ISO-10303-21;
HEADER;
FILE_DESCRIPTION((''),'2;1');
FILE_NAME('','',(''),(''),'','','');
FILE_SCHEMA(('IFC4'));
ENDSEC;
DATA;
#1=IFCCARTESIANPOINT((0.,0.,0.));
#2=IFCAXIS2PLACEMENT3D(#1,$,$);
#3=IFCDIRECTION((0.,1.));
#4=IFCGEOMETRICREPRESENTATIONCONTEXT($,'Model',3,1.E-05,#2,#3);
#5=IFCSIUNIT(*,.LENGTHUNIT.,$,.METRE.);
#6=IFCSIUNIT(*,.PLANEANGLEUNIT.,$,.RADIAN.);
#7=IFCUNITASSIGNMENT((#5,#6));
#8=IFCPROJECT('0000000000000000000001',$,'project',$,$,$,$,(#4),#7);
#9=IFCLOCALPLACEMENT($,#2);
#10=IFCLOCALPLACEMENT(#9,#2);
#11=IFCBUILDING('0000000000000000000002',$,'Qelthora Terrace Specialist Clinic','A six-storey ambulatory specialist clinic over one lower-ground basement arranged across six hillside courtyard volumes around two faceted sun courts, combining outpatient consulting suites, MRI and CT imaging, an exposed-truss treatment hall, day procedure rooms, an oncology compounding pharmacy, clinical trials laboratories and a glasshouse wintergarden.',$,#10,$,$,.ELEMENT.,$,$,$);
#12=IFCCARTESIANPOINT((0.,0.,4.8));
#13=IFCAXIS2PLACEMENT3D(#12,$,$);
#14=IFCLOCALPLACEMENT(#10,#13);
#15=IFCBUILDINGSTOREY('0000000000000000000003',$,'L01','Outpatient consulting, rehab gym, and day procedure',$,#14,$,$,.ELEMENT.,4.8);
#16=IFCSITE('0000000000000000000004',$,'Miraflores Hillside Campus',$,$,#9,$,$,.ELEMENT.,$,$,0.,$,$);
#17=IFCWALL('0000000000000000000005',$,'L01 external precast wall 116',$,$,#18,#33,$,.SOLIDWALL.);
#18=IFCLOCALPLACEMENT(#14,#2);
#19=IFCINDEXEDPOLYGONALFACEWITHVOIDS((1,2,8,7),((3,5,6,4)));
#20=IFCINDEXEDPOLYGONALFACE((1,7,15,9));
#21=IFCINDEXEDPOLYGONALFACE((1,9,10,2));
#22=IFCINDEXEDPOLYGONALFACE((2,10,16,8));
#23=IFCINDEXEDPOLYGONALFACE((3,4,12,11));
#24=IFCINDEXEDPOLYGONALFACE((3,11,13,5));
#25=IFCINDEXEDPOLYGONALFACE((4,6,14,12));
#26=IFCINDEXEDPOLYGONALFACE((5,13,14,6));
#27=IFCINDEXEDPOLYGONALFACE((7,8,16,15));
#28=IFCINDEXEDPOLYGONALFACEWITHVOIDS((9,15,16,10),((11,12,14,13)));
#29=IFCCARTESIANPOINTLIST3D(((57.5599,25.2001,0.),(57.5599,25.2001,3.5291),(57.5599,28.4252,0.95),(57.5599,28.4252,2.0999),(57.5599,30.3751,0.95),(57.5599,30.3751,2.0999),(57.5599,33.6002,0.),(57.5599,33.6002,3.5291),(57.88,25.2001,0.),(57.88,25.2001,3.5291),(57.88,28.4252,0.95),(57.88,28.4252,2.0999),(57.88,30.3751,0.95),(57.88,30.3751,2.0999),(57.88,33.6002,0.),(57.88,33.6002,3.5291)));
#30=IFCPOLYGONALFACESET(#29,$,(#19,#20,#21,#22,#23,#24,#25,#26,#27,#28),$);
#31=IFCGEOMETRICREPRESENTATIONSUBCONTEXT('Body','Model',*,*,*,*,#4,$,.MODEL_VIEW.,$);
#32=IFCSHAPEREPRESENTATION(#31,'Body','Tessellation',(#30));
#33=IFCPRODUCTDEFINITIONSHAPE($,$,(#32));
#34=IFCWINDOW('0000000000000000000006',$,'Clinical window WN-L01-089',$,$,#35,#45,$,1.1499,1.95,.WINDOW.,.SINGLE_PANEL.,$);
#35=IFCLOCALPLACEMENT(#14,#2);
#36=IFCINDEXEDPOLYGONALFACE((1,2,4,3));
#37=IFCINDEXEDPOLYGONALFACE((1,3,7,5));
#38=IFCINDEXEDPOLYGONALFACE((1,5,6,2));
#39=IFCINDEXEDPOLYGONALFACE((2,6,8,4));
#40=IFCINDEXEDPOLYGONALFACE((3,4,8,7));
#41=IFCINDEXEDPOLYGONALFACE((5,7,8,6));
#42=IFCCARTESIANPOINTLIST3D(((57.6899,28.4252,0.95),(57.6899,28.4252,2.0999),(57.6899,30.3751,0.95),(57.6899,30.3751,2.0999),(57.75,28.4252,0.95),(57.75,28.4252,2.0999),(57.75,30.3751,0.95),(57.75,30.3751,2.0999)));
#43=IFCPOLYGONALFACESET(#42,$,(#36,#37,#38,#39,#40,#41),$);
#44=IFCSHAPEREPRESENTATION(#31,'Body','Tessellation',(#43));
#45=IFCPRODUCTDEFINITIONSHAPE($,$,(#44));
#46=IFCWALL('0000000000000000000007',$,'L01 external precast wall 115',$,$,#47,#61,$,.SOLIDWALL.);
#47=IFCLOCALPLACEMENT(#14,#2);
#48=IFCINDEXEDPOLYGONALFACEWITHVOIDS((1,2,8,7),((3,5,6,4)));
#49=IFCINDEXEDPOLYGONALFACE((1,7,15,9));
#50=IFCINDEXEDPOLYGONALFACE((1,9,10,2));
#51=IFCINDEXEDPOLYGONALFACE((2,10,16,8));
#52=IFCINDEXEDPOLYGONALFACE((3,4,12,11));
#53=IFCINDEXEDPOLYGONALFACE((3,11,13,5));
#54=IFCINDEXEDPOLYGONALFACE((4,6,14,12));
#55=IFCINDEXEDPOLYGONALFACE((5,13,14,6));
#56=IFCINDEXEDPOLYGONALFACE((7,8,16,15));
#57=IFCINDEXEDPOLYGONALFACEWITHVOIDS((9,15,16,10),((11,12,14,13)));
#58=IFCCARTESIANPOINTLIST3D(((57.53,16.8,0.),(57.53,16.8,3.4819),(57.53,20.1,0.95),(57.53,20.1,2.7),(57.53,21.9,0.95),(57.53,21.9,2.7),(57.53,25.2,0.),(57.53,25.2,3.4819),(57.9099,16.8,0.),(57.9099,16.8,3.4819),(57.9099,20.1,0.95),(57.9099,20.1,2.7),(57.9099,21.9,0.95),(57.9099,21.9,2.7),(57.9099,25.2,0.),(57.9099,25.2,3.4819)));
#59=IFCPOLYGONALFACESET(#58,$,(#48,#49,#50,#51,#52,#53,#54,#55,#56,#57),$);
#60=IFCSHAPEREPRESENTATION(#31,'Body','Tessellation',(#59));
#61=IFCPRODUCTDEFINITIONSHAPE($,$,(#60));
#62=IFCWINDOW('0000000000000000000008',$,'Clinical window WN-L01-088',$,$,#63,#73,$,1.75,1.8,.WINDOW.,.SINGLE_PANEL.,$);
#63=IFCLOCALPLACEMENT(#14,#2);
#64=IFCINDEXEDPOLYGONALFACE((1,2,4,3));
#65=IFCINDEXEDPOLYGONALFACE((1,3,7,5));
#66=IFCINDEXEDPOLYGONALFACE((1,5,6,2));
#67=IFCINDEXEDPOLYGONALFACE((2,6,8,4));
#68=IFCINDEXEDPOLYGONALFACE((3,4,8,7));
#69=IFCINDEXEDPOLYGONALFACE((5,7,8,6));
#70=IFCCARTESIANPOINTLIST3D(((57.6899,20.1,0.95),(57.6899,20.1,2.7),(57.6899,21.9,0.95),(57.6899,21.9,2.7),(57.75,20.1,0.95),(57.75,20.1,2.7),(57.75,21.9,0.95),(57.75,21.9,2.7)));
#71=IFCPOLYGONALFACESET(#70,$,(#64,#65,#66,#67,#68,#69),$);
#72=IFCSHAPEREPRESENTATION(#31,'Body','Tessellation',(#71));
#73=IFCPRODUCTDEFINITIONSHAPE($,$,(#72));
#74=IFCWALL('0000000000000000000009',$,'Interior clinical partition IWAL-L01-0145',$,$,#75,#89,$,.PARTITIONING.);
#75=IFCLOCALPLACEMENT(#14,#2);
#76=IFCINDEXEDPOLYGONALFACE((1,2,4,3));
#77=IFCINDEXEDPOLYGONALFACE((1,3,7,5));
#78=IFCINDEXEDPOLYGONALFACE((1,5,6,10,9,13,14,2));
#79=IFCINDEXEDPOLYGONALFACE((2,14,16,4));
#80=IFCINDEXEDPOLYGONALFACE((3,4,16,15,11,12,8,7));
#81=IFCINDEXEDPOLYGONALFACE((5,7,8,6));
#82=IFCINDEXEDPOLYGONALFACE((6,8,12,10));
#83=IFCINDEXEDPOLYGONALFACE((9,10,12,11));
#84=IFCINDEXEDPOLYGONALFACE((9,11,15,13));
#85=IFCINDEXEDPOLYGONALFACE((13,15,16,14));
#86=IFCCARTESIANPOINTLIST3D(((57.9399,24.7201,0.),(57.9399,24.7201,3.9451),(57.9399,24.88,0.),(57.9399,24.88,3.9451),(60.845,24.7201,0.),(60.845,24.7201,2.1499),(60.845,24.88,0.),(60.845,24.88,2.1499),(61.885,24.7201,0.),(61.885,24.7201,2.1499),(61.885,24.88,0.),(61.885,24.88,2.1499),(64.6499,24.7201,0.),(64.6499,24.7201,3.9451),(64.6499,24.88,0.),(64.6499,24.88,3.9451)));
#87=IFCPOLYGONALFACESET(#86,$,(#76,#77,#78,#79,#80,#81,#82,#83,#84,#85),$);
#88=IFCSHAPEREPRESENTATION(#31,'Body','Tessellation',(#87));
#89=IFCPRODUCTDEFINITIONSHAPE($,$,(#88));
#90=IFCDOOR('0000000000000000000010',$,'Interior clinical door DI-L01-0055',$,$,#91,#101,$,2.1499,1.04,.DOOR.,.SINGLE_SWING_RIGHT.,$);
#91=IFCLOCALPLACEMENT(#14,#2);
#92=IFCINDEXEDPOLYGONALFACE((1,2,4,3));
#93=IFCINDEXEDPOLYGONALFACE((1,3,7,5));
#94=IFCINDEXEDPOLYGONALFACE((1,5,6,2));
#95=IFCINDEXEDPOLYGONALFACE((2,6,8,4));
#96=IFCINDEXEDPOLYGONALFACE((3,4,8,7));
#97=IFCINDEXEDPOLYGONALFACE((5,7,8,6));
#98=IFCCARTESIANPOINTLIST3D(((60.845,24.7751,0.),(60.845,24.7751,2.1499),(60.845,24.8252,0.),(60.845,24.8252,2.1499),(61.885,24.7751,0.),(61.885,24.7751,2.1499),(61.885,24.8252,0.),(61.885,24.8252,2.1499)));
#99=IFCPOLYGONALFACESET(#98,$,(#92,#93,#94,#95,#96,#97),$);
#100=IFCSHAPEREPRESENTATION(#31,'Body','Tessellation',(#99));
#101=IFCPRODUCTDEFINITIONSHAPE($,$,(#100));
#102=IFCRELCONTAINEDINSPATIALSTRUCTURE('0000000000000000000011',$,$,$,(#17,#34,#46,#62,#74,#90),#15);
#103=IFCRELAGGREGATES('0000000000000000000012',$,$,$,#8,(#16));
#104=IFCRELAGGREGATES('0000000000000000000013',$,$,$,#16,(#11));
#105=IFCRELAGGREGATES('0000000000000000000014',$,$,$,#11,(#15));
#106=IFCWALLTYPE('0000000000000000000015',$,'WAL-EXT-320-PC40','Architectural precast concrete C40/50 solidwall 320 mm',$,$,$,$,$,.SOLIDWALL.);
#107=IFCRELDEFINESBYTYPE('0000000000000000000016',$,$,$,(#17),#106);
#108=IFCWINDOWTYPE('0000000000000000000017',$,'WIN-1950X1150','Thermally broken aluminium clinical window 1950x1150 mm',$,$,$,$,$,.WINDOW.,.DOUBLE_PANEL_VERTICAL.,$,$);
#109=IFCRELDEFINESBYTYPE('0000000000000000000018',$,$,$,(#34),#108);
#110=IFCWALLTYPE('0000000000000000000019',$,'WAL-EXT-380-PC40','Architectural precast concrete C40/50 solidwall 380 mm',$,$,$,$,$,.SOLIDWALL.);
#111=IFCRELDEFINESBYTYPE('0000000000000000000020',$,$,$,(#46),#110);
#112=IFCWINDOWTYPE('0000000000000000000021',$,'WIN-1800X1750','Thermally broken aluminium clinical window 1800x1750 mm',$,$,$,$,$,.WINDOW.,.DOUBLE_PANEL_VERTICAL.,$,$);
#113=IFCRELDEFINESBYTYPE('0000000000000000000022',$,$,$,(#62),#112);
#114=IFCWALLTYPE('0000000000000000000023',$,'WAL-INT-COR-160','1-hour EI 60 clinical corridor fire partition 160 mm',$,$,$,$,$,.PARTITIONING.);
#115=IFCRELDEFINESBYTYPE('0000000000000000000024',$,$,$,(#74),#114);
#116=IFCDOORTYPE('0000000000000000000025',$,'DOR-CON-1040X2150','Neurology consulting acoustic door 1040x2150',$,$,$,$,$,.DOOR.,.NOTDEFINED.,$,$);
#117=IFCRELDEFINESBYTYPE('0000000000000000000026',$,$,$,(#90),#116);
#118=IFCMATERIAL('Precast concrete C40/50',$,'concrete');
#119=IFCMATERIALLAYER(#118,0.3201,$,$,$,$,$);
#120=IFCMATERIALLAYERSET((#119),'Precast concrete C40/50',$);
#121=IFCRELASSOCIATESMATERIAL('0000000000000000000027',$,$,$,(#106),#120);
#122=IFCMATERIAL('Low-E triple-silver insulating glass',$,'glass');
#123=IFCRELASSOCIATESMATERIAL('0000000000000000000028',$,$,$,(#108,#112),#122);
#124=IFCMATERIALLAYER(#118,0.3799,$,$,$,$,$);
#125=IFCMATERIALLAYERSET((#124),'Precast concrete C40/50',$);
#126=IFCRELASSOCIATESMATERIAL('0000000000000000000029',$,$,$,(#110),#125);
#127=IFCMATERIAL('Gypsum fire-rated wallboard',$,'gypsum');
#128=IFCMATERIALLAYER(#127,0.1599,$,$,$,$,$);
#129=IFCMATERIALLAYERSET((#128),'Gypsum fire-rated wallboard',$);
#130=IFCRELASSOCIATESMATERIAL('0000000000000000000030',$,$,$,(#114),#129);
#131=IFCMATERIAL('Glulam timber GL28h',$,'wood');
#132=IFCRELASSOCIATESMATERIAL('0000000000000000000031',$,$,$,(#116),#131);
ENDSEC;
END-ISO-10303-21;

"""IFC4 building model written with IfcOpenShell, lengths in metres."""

from ifc_helpers import new_model, si_unit, direction, frame, frame_2d, origin, place, context, subcontext, project, spatial, rectangle, extrude, material, layer, layer_set, type_object, element, fill, save


model = new_model("IFC4")

# Units and contexts
model_context = context("Model", 3, precision=1e-05, world=origin(), true_north=direction((0.0, 1.0)))
body_context = subcontext(model_context, "Body", "Model", "MODEL_VIEW")
ifc_project = project(units=[si_unit("LENGTHUNIT", "METRE"), si_unit("PLANEANGLEUNIT", "RADIAN")], contexts=[model_context])

# Site, building, storey
site_placement = place(None, origin())
site = spatial("IfcSite", under=ifc_project, at=site_placement, Name="Miraflores Hillside Campus", CompositionType="ELEMENT", RefElevation=0.0)
building_placement = place(site_placement, origin())
building = spatial("IfcBuilding", under=site, at=building_placement, Name="Qelthora Terrace Specialist Clinic", Description="A six-storey ambulatory specialist clinic over one lower-ground basement arranged across six hillside courtyard volumes around two faceted sun courts, combining outpatient consulting suites, MRI and CT imaging, an exposed-truss treatment hall, day procedure rooms, an oncology compounding pharmacy, clinical trials laboratories and a glasshouse wintergarden.", CompositionType="ELEMENT")
storey_placement = place(building_placement, frame((0.0, 0.0, 4.8)))
storey = spatial("IfcBuildingStorey", under=building, at=storey_placement, Name="L01", Description="Outpatient consulting, rehab gym, and day procedure", CompositionType="ELEMENT", Elevation=4.8)

# Shared definitions
ifc_material_1 = material(Name="Low-E triple-silver insulating glass", Category="glass")

# Walls, openings, windows
ifc_material_2 = material(Name="Precast concrete C40/50", Category="concrete")
ifc_layer_1 = layer(ifc_material_2, 0.3201)
ifc_layer_set_1 = layer_set([ifc_layer_1], Name="Precast concrete C40/50")
wall_type_1 = type_object("IfcWallType", Name="WAL-EXT-320-PC40", Description="Architectural precast concrete C40/50 solidwall 320 mm", PredefinedType="SOLIDWALL", material=ifc_layer_set_1)
wall_1_placement = place(storey_placement, frame((57.72, 25.2, 0.0), z_axis=(0.0, 0.0, 1.0), x_axis=(0.0, 1.0, 0.0)))
wall_1 = element("IfcWall", 1, at=wall_1_placement, inside=storey, type_object=wall_type_1, Name="L01 external precast wall 116", PredefinedType="SOLIDWALL", context=body_context, shape_type="SweptSolid", body=[
    extrude(rectangle(XDim=8.4001, YDim=0.3201, at=frame_2d((4.2002, 0.0))), origin(), (0.0, 0.0, 1.0), 3.5291),
])
opening_1_placement = place(wall_1_placement, frame((3.2251, 0.0, 0.95)))
opening_1 = element("IfcOpeningElement", 2, at=opening_1_placement, cuts=wall_1, PredefinedType="OPENING", context=body_context, shape_type="SweptSolid", body=[
    extrude(rectangle(XDim=1.95, YDim=1.1499, at=frame_2d((0.9751, 0.575))), frame((0.0, 0.1699, 0.0), z_axis=(0.0, -1.0, 0.0), x_axis=(1.0, 0.0, 0.0)), (0.0, 0.0, 1.0), 0.3401),
])
window_type_1 = type_object("IfcWindowType", Name="WIN-1950X1150", Description="Thermally broken aluminium clinical window 1950x1150 mm", PartitioningType="DOUBLE_PANEL_VERTICAL", PredefinedType="WINDOW", material=ifc_material_1)
window_1_placement = place(opening_1_placement, origin())
window_1 = element("IfcWindow", 3, at=window_1_placement, inside=storey, type_object=window_type_1, Name="Clinical window WN-L01-089", OverallHeight=1.1499, OverallWidth=1.95, PartitioningType="SINGLE_PANEL", PredefinedType="WINDOW", context=body_context, shape_type="SweptSolid", body=[
    extrude(rectangle(XDim=1.95, YDim=1.1499, at=frame_2d((0.9751, 0.575))), frame((0.0, 0.03, 0.0), z_axis=(0.0, -1.0, 0.0), x_axis=(1.0, 0.0, 0.0)), (0.0, 0.0, 1.0), 0.0601),
])
fill(opening_1, window_1)
ifc_layer_2 = layer(ifc_material_2, 0.3799)
ifc_layer_set_2 = layer_set([ifc_layer_2], Name="Precast concrete C40/50")
wall_type_2 = type_object("IfcWallType", Name="WAL-EXT-380-PC40", Description="Architectural precast concrete C40/50 solidwall 380 mm", PredefinedType="SOLIDWALL", material=ifc_layer_set_2)
wall_2_placement = place(storey_placement, frame((57.72, 16.8, 0.0), z_axis=(0.0, 0.0, 1.0), x_axis=(0.0, 1.0, 0.0)))
wall_2 = element("IfcWall", 4, at=wall_2_placement, inside=storey, type_object=wall_type_2, Name="L01 external precast wall 115", PredefinedType="SOLIDWALL", context=body_context, shape_type="SweptSolid", body=[
    extrude(rectangle(XDim=8.3999, YDim=0.3799, at=frame_2d((4.2, 0.0))), origin(), (0.0, 0.0, 1.0), 3.4819),
])
opening_2_placement = place(wall_2_placement, frame((3.3, 0.0, 0.95)))
opening_2 = element("IfcOpeningElement", 5, at=opening_2_placement, cuts=wall_2, PredefinedType="OPENING", context=body_context, shape_type="SweptSolid", body=[
    extrude(rectangle(XDim=1.8, YDim=1.75, at=frame_2d((0.8999, 0.875))), frame((0.0, 0.2, 0.0), z_axis=(0.0, -1.0, 0.0), x_axis=(1.0, 0.0, 0.0)), (0.0, 0.0, 1.0), 0.3999),
])
window_type_2 = type_object("IfcWindowType", Name="WIN-1800X1750", Description="Thermally broken aluminium clinical window 1800x1750 mm", PartitioningType="DOUBLE_PANEL_VERTICAL", PredefinedType="WINDOW", material=ifc_material_1)
window_2_placement = place(opening_2_placement, origin())
window_2 = element("IfcWindow", 6, at=window_2_placement, inside=storey, type_object=window_type_2, Name="Clinical window WN-L01-088", OverallHeight=1.75, OverallWidth=1.8, PartitioningType="SINGLE_PANEL", PredefinedType="WINDOW", context=body_context, shape_type="SweptSolid", body=[
    extrude(rectangle(XDim=1.8, YDim=1.75, at=frame_2d((0.8999, 0.875))), frame((0.0, 0.03, 0.0), z_axis=(0.0, -1.0, 0.0), x_axis=(1.0, 0.0, 0.0)), (0.0, 0.0, 1.0), 0.0601),
])
fill(opening_2, window_2)

# Wall, opening, door
ifc_material_3 = material(Name="Gypsum fire-rated wallboard", Category="gypsum")
ifc_layer_3 = layer(ifc_material_3, 0.1599)
ifc_layer_set_3 = layer_set([ifc_layer_3], Name="Gypsum fire-rated wallboard")
wall_type_3 = type_object("IfcWallType", Name="WAL-INT-COR-160", Description="1-hour EI 60 clinical corridor fire partition 160 mm", PredefinedType="PARTITIONING", material=ifc_layer_set_3)
wall_3_placement = place(storey_placement, frame((57.9399, 24.8, 0.0), z_axis=(0.0, 0.0, 1.0), x_axis=(1.0, 0.0, 0.0)))
wall_3 = element("IfcWall", 7, at=wall_3_placement, inside=storey, type_object=wall_type_3, Name="Interior clinical partition IWAL-L01-0145", PredefinedType="PARTITIONING", context=body_context, shape_type="SweptSolid", body=[
    extrude(rectangle(XDim=6.71, YDim=0.1599, at=frame_2d((3.355, 0.0))), origin(), (0.0, 0.0, 1.0), 3.9451),
])
opening_3_placement = place(wall_3_placement, frame((2.905, 0.0, 0.0)))
opening_3 = element("IfcOpeningElement", 8, at=opening_3_placement, cuts=wall_3, PredefinedType="OPENING", context=body_context, shape_type="SweptSolid", body=[
    extrude(rectangle(XDim=1.04, YDim=2.1499, at=frame_2d((0.52, 1.075))), frame((0.0, 0.0898, 0.0), z_axis=(0.0, -1.0, 0.0), x_axis=(1.0, 0.0, 0.0)), (0.0, 0.0, 1.0), 0.1799),
])
ifc_material_4 = material(Name="Glulam timber GL28h", Category="wood")
door_type = type_object("IfcDoorType", Name="DOR-CON-1040X2150", Description="Neurology consulting acoustic door 1040x2150", OperationType="NOTDEFINED", PredefinedType="DOOR", material=ifc_material_4)
door_placement = place(opening_3_placement, frame((1.04, 0.0, 0.0), z_axis=(0.0, 0.0, 1.0), x_axis=(-1.0, 0.0, 0.0)))
door = element("IfcDoor", 9, at=door_placement, inside=storey, type_object=door_type, Name="Interior clinical door DI-L01-0055", OperationType="SINGLE_SWING_RIGHT", OverallHeight=2.1499, OverallWidth=1.04, PredefinedType="DOOR", context=body_context, shape_type="SweptSolid", body=[
    extrude(rectangle(XDim=1.04, YDim=2.1499, at=frame_2d((0.52, 1.075))), frame((0.0, 0.0249, 0.0), z_axis=(0.0, -1.0, 0.0), x_axis=(1.0, 0.0, 0.0)), (0.0, 0.0, 1.0), 0.05),
])
fill(opening_3, door)

save(model, "model.ifc")
